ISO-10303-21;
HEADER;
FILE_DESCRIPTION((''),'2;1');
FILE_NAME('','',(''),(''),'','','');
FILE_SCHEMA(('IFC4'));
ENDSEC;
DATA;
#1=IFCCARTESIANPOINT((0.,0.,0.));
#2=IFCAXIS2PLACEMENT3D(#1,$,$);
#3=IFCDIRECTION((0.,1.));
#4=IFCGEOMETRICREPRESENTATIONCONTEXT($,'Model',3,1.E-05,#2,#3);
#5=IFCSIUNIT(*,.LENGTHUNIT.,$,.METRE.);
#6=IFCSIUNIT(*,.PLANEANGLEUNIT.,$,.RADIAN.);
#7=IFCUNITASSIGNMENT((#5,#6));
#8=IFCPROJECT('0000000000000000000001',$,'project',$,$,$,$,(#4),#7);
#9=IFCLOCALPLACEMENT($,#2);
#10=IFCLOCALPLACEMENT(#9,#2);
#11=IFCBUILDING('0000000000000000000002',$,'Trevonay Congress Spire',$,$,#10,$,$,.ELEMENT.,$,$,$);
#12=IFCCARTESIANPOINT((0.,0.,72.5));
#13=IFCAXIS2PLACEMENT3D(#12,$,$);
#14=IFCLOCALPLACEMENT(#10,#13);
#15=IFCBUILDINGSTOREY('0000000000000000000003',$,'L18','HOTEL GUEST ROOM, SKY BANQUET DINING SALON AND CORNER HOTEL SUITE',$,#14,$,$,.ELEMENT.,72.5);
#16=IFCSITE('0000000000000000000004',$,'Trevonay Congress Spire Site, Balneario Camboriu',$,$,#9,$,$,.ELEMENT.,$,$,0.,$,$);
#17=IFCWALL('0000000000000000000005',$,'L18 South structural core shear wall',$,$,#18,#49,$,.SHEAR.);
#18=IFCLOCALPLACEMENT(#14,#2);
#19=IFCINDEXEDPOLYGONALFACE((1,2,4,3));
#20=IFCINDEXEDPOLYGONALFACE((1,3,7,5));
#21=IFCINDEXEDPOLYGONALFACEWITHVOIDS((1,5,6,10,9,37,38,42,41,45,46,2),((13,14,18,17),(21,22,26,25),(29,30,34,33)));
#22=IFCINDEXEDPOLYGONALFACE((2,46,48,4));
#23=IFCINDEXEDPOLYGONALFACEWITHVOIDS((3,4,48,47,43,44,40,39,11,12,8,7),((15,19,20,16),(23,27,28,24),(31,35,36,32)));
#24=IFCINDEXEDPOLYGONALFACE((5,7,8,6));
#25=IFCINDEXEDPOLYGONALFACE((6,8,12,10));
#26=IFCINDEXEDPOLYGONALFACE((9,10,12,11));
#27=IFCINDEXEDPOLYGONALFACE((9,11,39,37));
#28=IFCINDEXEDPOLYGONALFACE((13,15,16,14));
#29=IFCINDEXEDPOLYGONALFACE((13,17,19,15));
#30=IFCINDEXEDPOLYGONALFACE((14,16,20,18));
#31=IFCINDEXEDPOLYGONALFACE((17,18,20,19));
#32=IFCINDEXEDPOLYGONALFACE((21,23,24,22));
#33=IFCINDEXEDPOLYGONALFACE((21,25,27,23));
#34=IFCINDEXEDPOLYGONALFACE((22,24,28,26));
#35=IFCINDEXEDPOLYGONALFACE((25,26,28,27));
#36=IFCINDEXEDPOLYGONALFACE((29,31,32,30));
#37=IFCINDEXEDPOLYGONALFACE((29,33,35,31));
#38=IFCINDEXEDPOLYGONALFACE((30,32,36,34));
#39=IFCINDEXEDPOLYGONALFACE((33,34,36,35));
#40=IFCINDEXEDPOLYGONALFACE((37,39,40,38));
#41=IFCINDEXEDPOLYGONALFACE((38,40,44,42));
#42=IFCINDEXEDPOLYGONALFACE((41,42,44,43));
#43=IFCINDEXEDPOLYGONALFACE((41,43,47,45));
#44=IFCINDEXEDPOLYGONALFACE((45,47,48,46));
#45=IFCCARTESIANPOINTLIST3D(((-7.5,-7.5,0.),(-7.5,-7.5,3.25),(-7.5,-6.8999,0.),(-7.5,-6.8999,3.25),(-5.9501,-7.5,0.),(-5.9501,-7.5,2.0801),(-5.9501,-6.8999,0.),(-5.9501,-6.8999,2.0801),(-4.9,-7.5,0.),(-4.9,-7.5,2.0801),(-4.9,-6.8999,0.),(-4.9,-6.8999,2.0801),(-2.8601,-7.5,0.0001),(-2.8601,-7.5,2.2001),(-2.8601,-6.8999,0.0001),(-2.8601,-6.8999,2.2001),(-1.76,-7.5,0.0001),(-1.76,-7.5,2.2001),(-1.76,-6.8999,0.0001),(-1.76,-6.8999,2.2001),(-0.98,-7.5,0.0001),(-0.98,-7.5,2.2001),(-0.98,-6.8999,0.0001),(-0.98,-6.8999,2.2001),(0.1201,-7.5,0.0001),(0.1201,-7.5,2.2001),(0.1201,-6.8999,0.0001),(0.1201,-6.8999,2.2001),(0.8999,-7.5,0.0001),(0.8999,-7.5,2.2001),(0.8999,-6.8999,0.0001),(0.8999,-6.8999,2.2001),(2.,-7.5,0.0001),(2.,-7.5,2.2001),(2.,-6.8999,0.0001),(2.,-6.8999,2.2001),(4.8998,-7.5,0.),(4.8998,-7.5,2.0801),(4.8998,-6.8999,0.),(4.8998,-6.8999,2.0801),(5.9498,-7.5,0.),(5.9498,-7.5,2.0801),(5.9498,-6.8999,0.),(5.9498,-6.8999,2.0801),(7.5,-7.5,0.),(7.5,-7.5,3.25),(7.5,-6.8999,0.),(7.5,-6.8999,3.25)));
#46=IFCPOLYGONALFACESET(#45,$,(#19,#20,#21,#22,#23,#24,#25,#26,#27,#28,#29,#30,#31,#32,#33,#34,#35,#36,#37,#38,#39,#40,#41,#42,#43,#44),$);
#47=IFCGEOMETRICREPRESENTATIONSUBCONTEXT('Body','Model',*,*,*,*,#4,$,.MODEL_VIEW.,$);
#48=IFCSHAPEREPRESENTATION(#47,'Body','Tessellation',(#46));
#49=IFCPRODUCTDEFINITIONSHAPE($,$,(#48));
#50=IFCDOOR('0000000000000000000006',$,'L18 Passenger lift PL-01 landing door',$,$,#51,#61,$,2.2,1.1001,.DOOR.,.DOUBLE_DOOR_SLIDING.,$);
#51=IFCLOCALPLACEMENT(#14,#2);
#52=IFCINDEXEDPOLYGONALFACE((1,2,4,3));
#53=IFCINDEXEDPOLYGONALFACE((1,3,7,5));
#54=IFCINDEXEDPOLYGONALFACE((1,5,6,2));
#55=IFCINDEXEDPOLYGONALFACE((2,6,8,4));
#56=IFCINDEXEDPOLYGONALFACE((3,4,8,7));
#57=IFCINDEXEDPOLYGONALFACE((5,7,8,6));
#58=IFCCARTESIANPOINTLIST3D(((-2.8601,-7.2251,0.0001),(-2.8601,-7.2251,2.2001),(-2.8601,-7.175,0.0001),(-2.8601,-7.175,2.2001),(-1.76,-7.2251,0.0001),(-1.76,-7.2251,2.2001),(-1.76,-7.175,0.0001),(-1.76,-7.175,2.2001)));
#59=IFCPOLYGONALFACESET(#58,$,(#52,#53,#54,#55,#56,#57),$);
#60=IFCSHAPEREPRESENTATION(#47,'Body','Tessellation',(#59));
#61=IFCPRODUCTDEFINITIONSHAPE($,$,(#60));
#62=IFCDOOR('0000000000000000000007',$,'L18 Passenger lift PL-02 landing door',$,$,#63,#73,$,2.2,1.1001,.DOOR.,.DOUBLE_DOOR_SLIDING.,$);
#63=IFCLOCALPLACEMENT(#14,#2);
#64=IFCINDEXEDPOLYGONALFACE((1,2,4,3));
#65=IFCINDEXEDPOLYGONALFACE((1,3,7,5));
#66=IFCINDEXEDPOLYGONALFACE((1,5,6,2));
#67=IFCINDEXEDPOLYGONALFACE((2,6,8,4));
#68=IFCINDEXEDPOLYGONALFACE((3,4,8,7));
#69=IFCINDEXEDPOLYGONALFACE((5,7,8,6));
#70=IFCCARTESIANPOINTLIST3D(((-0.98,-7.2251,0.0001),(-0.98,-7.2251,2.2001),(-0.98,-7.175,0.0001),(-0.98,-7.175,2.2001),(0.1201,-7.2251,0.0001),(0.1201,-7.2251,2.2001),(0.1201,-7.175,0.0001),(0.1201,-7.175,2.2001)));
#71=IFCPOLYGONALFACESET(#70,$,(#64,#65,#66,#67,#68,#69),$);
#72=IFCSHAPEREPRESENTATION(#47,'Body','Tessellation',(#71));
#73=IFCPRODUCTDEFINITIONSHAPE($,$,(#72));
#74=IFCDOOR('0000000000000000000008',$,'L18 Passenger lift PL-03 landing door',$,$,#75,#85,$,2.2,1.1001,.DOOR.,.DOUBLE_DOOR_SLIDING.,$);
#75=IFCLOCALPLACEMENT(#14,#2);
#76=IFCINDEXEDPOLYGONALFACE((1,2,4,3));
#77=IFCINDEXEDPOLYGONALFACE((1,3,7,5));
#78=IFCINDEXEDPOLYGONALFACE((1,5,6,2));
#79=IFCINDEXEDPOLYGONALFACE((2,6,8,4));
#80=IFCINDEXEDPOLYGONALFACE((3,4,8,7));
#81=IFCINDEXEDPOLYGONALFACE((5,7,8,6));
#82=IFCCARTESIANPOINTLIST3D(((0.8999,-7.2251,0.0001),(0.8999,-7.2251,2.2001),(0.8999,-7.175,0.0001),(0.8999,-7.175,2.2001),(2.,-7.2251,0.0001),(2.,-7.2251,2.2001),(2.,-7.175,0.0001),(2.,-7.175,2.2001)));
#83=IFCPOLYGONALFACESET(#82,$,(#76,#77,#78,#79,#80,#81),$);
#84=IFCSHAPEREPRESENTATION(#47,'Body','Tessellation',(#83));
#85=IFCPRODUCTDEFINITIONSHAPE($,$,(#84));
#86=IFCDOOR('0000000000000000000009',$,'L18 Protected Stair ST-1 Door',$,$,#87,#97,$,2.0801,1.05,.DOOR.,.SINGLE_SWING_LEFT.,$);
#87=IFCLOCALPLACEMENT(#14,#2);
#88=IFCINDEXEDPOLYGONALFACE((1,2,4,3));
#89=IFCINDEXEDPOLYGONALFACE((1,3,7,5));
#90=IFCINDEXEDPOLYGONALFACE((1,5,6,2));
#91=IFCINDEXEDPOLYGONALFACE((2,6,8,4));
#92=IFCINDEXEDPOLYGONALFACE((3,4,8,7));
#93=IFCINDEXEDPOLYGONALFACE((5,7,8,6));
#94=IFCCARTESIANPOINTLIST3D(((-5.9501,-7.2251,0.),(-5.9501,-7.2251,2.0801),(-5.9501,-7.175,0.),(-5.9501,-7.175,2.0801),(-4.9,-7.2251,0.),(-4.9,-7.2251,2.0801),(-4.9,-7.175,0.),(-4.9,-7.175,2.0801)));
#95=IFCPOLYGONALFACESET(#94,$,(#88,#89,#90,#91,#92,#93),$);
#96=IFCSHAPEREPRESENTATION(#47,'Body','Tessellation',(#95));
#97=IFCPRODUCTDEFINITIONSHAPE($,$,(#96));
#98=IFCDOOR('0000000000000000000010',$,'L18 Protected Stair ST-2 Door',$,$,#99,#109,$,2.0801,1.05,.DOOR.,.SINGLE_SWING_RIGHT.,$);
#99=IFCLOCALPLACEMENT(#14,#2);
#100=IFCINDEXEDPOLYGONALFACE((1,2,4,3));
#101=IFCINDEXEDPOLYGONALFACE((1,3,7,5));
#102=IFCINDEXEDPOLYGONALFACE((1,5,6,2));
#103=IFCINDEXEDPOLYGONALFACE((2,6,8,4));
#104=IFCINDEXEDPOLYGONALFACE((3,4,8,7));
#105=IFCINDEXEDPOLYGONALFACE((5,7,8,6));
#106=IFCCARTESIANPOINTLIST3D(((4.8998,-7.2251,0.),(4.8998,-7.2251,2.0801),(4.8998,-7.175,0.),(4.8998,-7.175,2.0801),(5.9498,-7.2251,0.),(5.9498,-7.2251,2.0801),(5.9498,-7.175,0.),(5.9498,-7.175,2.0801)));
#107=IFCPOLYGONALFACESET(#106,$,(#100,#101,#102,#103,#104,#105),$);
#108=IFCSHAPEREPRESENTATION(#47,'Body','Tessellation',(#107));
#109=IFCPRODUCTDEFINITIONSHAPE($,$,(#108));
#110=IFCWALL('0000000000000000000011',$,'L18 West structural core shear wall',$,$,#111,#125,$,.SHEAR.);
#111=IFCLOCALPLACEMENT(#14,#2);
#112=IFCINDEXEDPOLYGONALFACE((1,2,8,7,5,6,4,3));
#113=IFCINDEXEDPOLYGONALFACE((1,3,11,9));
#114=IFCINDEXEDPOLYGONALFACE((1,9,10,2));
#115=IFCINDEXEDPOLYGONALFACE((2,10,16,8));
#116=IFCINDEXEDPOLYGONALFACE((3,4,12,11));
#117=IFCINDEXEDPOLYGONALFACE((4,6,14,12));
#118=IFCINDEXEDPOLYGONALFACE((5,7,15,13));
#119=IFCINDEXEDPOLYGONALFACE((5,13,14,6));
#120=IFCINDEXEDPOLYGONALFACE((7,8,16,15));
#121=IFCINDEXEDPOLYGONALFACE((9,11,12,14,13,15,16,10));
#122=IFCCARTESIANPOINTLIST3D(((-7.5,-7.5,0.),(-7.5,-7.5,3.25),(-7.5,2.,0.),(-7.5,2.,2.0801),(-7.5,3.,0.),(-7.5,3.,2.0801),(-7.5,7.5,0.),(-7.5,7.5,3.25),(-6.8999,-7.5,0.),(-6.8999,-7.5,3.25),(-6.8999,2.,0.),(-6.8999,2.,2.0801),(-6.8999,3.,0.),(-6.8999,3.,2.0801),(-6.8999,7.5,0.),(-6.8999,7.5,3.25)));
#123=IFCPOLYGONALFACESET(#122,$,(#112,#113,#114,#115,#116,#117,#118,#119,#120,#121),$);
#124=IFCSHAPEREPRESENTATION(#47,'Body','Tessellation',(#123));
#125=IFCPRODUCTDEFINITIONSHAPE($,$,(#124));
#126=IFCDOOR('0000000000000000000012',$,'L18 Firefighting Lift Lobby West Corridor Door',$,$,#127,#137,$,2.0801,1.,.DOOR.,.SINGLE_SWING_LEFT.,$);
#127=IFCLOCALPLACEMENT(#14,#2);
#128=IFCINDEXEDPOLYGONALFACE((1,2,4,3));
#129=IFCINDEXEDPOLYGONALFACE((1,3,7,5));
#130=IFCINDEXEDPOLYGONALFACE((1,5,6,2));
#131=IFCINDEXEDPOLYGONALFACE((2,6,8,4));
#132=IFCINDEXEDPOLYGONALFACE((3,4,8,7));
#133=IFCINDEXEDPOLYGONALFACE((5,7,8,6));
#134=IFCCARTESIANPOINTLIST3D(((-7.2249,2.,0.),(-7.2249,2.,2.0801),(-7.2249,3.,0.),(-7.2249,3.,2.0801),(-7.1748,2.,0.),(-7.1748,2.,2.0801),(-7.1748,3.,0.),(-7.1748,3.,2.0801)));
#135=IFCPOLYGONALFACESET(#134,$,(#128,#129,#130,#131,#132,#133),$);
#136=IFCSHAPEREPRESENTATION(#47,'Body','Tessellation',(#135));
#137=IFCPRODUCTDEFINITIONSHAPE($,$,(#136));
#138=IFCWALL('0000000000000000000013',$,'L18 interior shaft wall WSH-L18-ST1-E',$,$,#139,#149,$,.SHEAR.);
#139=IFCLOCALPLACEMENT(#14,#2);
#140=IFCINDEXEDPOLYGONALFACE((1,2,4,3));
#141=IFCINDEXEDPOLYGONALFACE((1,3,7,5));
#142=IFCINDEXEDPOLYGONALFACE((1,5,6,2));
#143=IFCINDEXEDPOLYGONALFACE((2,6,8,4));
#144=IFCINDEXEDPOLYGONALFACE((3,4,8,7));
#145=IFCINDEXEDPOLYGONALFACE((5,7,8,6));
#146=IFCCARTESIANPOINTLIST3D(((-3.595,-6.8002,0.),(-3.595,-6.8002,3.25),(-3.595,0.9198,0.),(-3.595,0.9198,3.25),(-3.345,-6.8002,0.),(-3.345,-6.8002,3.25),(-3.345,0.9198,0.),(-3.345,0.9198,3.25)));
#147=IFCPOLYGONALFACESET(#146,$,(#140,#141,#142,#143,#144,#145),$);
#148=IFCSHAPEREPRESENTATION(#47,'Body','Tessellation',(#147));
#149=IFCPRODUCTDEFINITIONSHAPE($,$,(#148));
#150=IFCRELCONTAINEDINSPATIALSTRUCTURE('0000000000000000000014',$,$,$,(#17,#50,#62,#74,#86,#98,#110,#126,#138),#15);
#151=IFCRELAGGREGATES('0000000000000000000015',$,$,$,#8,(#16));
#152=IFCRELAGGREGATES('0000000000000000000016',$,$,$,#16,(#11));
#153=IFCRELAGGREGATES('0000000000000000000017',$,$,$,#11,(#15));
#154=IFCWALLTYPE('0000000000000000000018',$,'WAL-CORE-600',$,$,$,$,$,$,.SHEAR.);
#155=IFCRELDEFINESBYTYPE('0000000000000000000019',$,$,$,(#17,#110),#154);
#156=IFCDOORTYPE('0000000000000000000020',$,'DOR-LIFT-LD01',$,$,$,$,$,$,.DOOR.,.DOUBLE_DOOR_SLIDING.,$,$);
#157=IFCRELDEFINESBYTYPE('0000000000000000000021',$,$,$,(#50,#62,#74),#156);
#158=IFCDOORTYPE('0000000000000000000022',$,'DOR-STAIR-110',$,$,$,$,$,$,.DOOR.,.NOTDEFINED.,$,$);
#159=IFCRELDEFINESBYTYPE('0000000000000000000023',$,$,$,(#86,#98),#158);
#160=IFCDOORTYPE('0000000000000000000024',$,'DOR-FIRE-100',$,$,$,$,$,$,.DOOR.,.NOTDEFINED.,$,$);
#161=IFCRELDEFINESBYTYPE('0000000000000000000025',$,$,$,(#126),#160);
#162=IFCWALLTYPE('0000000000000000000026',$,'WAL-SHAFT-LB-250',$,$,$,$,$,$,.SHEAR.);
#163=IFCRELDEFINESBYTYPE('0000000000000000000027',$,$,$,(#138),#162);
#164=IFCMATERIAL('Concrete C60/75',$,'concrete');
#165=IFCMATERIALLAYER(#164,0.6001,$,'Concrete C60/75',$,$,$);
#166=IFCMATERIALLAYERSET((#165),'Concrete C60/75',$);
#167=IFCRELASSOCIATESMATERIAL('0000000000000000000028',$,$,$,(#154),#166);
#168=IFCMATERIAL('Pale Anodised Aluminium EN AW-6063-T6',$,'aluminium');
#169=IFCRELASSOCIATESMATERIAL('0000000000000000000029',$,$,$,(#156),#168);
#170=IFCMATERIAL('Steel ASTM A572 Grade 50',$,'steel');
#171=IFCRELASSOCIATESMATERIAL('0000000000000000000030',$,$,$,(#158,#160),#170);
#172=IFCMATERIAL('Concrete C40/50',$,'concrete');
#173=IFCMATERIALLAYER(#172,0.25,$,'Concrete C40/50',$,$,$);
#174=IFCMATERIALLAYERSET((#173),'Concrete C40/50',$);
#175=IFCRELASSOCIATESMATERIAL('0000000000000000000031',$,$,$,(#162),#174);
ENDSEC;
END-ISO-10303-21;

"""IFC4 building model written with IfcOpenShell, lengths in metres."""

from ifc_helpers import new_model, si_unit, direction, frame, frame_2d, origin, place, context, subcontext, project, spatial, rectangle, extrude, material, layer, layer_set, type_object, element, fill, save


model = new_model("IFC4")

# Units and contexts
model_context = context("Model", 3, precision=1e-05, world=origin(), true_north=direction((0.0, 1.0)))
body_context = subcontext(model_context, "Body", "Model", "MODEL_VIEW")
ifc_project = project(units=[si_unit("LENGTHUNIT", "METRE"), si_unit("PLANEANGLEUNIT", "RADIAN")], contexts=[model_context])

# Site, building, storey
site_placement = place(None, origin())
site = spatial("IfcSite", under=ifc_project, at=site_placement, Name="Trevonay Congress Spire Site, Balneario Camboriu", CompositionType="ELEMENT", RefElevation=0.0)
building_placement = place(site_placement, origin())
building = spatial("IfcBuilding", under=site, at=building_placement, Name="Trevonay Congress Spire", CompositionType="ELEMENT")
storey_placement = place(building_placement, frame((0.0, 0.0, 72.5)))
storey = spatial("IfcBuildingStorey", under=building, at=storey_placement, Name="L18", Description="HOTEL GUEST ROOM, SKY BANQUET DINING SALON AND CORNER HOTEL SUITE", CompositionType="ELEMENT", Elevation=72.5)

# Shared definitions
ifc_material_1 = material(Name="Steel ASTM A572 Grade 50", Category="steel")

# Shared definitions
ifc_material_2 = material(Name="Pale Anodised Aluminium EN AW-6063-T6", Category="aluminium")

# Wall, openings, doors
ifc_material_3 = material(Name="Concrete C60/75", Category="concrete")
ifc_layer_1 = layer(ifc_material_3, 0.6001, Name="Concrete C60/75")
ifc_layer_set_1 = layer_set([ifc_layer_1], Name="Concrete C60/75")
wall_type_1 = type_object("IfcWallType", Name="WAL-CORE-600", PredefinedType="SHEAR", material=ifc_layer_set_1)
wall_1_placement = place(storey_placement, frame((-7.5, -7.2, 0.0), z_axis=(0.0, 0.0, 1.0), x_axis=(1.0, 0.0, 0.0)))
wall_1 = element("IfcWall", 1, at=wall_1_placement, inside=storey, type_object=wall_type_1, Name="L18 South structural core shear wall", PredefinedType="SHEAR", context=body_context, shape_type="SweptSolid", body=[
    extrude(rectangle(XDim=15.0, YDim=0.6001, at=frame_2d((7.5, 0.0))), origin(), (0.0, 0.0, 1.0), 3.25),
])
opening_1_placement = place(wall_1_placement, frame((1.55, 0.0, 0.0)))
opening_1 = element("IfcOpeningElement", 2, at=opening_1_placement, cuts=wall_1, PredefinedType="OPENING", context=body_context, shape_type="SweptSolid", body=[
    extrude(rectangle(XDim=1.05, YDim=2.0801, at=frame_2d((0.5249, 1.04))), frame((0.0, 0.3101, 0.0), z_axis=(0.0, -1.0, 0.0), x_axis=(1.0, 0.0, 0.0)), (0.0, 0.0, 1.0), 0.6201),
])
opening_2_placement = place(wall_1_placement, frame((12.3999, 0.0, 0.0)))
opening_2 = element("IfcOpeningElement", 3, at=opening_2_placement, cuts=wall_1, PredefinedType="OPENING", context=body_context, shape_type="SweptSolid", body=[
    extrude(rectangle(XDim=1.05, YDim=2.0801, at=frame_2d((0.5249, 1.04))), frame((0.0, 0.3101, 0.0), z_axis=(0.0, -1.0, 0.0), x_axis=(1.0, 0.0, 0.0)), (0.0, 0.0, 1.0), 0.6201),
])
opening_3_placement = place(wall_1_placement, frame((4.6399, 0.0, 0.0)))
opening_3 = element("IfcOpeningElement", 4, at=opening_3_placement, cuts=wall_1, PredefinedType="OPENING", context=body_context, shape_type="SweptSolid", body=[
    extrude(rectangle(XDim=1.1001, YDim=2.2, at=frame_2d((0.55, 1.1001))), frame((0.0, 0.3101, 0.0), z_axis=(0.0, -1.0, 0.0), x_axis=(1.0, 0.0, 0.0)), (0.0, 0.0, 1.0), 0.6201),
])
opening_4_placement = place(wall_1_placement, frame((6.52, 0.0, 0.0)))
opening_4 = element("IfcOpeningElement", 5, at=opening_4_placement, cuts=wall_1, PredefinedType="OPENING", context=body_context, shape_type="SweptSolid", body=[
    extrude(rectangle(XDim=1.1001, YDim=2.2, at=frame_2d((0.55, 1.1001))), frame((0.0, 0.3101, 0.0), z_axis=(0.0, -1.0, 0.0), x_axis=(1.0, 0.0, 0.0)), (0.0, 0.0, 1.0), 0.6201),
])
opening_5_placement = place(wall_1_placement, frame((8.3999, 0.0, 0.0)))
opening_5 = element("IfcOpeningElement", 6, at=opening_5_placement, cuts=wall_1, PredefinedType="OPENING", context=body_context, shape_type="SweptSolid", body=[
    extrude(rectangle(XDim=1.1001, YDim=2.2, at=frame_2d((0.55, 1.1001))), frame((0.0, 0.3101, 0.0), z_axis=(0.0, -1.0, 0.0), x_axis=(1.0, 0.0, 0.0)), (0.0, 0.0, 1.0), 0.6201),
])
door_type_1 = type_object("IfcDoorType", Name="DOR-LIFT-LD01", OperationType="DOUBLE_DOOR_SLIDING", PredefinedType="DOOR", material=ifc_material_2)
door_1_placement = place(opening_3_placement, origin())
door_1 = element("IfcDoor", 7, at=door_1_placement, inside=storey, type_object=door_type_1, Name="L18 Passenger lift PL-01 landing door", OperationType="DOUBLE_DOOR_SLIDING", OverallHeight=2.2, OverallWidth=1.1001, PredefinedType="DOOR", context=body_context, shape_type="SweptSolid", body=[
    extrude(rectangle(XDim=1.1001, YDim=2.2, at=frame_2d((0.55, 1.1001))), frame((0.0, 0.0249, 0.0), z_axis=(0.0, -1.0, 0.0), x_axis=(1.0, 0.0, 0.0)), (0.0, 0.0, 1.0), 0.05),
])
fill(opening_3, door_1)
door_2_placement = place(opening_4_placement, origin())
door_2 = element("IfcDoor", 8, at=door_2_placement, inside=storey, type_object=door_type_1, Name="L18 Passenger lift PL-02 landing door", OperationType="DOUBLE_DOOR_SLIDING", OverallHeight=2.2, OverallWidth=1.1001, PredefinedType="DOOR", context=body_context, shape_type="SweptSolid", body=[
    extrude(rectangle(XDim=1.1001, YDim=2.2, at=frame_2d((0.55, 1.1001))), frame((0.0, 0.0249, 0.0), z_axis=(0.0, -1.0, 0.0), x_axis=(1.0, 0.0, 0.0)), (0.0, 0.0, 1.0), 0.05),
])
fill(opening_4, door_2)
door_3_placement = place(opening_5_placement, origin())
door_3 = element("IfcDoor", 9, at=door_3_placement, inside=storey, type_object=door_type_1, Name="L18 Passenger lift PL-03 landing door", OperationType="DOUBLE_DOOR_SLIDING", OverallHeight=2.2, OverallWidth=1.1001, PredefinedType="DOOR", context=body_context, shape_type="SweptSolid", body=[
    extrude(rectangle(XDim=1.1001, YDim=2.2, at=frame_2d((0.55, 1.1001))), frame((0.0, 0.0249, 0.0), z_axis=(0.0, -1.0, 0.0), x_axis=(1.0, 0.0, 0.0)), (0.0, 0.0, 1.0), 0.05),
])
fill(opening_5, door_3)
door_type_2 = type_object("IfcDoorType", Name="DOR-STAIR-110", OperationType="NOTDEFINED", PredefinedType="DOOR", material=ifc_material_1)
door_4_placement = place(opening_1_placement, origin())
door_4 = element("IfcDoor", 10, at=door_4_placement, inside=storey, type_object=door_type_2, Name="L18 Protected Stair ST-1 Door", OperationType="SINGLE_SWING_LEFT", OverallHeight=2.0801, OverallWidth=1.05, PredefinedType="DOOR", context=body_context, shape_type="SweptSolid", body=[
    extrude(rectangle(XDim=1.05, YDim=2.0801, at=frame_2d((0.5249, 1.04))), frame((0.0, 0.0249, 0.0), z_axis=(0.0, -1.0, 0.0), x_axis=(1.0, 0.0, 0.0)), (0.0, 0.0, 1.0), 0.05),
])
fill(opening_1, door_4)
door_5_placement = place(opening_2_placement, origin())
door_5 = element("IfcDoor", 11, at=door_5_placement, inside=storey, type_object=door_type_2, Name="L18 Protected Stair ST-2 Door", OperationType="SINGLE_SWING_RIGHT", OverallHeight=2.0801, OverallWidth=1.05, PredefinedType="DOOR", context=body_context, shape_type="SweptSolid", body=[
    extrude(rectangle(XDim=1.05, YDim=2.0801, at=frame_2d((0.5249, 1.04))), frame((0.0, 0.0249, 0.0), z_axis=(0.0, -1.0, 0.0), x_axis=(1.0, 0.0, 0.0)), (0.0, 0.0, 1.0), 0.05),
])
fill(opening_2, door_5)

# Wall, opening, door
wall_2_placement = place(storey_placement, frame((-7.2, -7.5, 0.0), z_axis=(0.0, 0.0, 1.0), x_axis=(0.0, 1.0, 0.0)))
wall_2 = element("IfcWall", 12, at=wall_2_placement, inside=storey, type_object=wall_type_1, Name="L18 West structural core shear wall", PredefinedType="SHEAR", context=body_context, shape_type="SweptSolid", body=[
    extrude(rectangle(XDim=15.0, YDim=0.6001, at=frame_2d((7.5, 0.0))), origin(), (0.0, 0.0, 1.0), 3.25),
])
opening_6_placement = place(wall_2_placement, frame((9.5, 0.0, 0.0)))
opening_6 = element("IfcOpeningElement", 13, at=opening_6_placement, cuts=wall_2, PredefinedType="OPENING", context=body_context, shape_type="SweptSolid", body=[
    extrude(rectangle(XDim=1.0, YDim=2.0801, at=frame_2d((0.5, 1.04))), frame((0.0, 0.3101, 0.0), z_axis=(0.0, -1.0, 0.0), x_axis=(1.0, 0.0, 0.0)), (0.0, 0.0, 1.0), 0.6201),
])
door_type_3 = type_object("IfcDoorType", Name="DOR-FIRE-100", OperationType="NOTDEFINED", PredefinedType="DOOR", material=ifc_material_1)
door_6_placement = place(opening_6_placement, origin())
door_6 = element("IfcDoor", 14, at=door_6_placement, inside=storey, type_object=door_type_3, Name="L18 Firefighting Lift Lobby West Corridor Door", OperationType="SINGLE_SWING_LEFT", OverallHeight=2.0801, OverallWidth=1.0, PredefinedType="DOOR", context=body_context, shape_type="SweptSolid", body=[
    extrude(rectangle(XDim=1.0, YDim=2.0801, at=frame_2d((0.5, 1.04))), frame((0.0, 0.0249, 0.0), z_axis=(0.0, -1.0, 0.0), x_axis=(1.0, 0.0, 0.0)), (0.0, 0.0, 1.0), 0.05),
])
fill(opening_6, door_6)

# Wall
ifc_material_4 = material(Name="Concrete C40/50", Category="concrete")
ifc_layer_2 = layer(ifc_material_4, 0.25, Name="Concrete C40/50")
ifc_layer_set_2 = layer_set([ifc_layer_2], Name="Concrete C40/50")
wall_type_2 = type_object("IfcWallType", Name="WAL-SHAFT-LB-250", PredefinedType="SHEAR", material=ifc_layer_set_2)
wall_3_placement = place(storey_placement, frame((-3.47, -6.8, 0.0), z_axis=(0.0, 0.0, 1.0), x_axis=(0.0, 1.0, 0.0)))
element("IfcWall", 15, at=wall_3_placement, inside=storey, type_object=wall_type_2, Name="L18 interior shaft wall WSH-L18-ST1-E", PredefinedType="SHEAR", context=body_context, shape_type="SweptSolid", body=[
    extrude(rectangle(XDim=7.72, YDim=0.25, at=frame_2d((3.8599, 0.0))), origin(), (0.0, 0.0, 1.0), 3.25),
])

save(model, "model.ifc")
